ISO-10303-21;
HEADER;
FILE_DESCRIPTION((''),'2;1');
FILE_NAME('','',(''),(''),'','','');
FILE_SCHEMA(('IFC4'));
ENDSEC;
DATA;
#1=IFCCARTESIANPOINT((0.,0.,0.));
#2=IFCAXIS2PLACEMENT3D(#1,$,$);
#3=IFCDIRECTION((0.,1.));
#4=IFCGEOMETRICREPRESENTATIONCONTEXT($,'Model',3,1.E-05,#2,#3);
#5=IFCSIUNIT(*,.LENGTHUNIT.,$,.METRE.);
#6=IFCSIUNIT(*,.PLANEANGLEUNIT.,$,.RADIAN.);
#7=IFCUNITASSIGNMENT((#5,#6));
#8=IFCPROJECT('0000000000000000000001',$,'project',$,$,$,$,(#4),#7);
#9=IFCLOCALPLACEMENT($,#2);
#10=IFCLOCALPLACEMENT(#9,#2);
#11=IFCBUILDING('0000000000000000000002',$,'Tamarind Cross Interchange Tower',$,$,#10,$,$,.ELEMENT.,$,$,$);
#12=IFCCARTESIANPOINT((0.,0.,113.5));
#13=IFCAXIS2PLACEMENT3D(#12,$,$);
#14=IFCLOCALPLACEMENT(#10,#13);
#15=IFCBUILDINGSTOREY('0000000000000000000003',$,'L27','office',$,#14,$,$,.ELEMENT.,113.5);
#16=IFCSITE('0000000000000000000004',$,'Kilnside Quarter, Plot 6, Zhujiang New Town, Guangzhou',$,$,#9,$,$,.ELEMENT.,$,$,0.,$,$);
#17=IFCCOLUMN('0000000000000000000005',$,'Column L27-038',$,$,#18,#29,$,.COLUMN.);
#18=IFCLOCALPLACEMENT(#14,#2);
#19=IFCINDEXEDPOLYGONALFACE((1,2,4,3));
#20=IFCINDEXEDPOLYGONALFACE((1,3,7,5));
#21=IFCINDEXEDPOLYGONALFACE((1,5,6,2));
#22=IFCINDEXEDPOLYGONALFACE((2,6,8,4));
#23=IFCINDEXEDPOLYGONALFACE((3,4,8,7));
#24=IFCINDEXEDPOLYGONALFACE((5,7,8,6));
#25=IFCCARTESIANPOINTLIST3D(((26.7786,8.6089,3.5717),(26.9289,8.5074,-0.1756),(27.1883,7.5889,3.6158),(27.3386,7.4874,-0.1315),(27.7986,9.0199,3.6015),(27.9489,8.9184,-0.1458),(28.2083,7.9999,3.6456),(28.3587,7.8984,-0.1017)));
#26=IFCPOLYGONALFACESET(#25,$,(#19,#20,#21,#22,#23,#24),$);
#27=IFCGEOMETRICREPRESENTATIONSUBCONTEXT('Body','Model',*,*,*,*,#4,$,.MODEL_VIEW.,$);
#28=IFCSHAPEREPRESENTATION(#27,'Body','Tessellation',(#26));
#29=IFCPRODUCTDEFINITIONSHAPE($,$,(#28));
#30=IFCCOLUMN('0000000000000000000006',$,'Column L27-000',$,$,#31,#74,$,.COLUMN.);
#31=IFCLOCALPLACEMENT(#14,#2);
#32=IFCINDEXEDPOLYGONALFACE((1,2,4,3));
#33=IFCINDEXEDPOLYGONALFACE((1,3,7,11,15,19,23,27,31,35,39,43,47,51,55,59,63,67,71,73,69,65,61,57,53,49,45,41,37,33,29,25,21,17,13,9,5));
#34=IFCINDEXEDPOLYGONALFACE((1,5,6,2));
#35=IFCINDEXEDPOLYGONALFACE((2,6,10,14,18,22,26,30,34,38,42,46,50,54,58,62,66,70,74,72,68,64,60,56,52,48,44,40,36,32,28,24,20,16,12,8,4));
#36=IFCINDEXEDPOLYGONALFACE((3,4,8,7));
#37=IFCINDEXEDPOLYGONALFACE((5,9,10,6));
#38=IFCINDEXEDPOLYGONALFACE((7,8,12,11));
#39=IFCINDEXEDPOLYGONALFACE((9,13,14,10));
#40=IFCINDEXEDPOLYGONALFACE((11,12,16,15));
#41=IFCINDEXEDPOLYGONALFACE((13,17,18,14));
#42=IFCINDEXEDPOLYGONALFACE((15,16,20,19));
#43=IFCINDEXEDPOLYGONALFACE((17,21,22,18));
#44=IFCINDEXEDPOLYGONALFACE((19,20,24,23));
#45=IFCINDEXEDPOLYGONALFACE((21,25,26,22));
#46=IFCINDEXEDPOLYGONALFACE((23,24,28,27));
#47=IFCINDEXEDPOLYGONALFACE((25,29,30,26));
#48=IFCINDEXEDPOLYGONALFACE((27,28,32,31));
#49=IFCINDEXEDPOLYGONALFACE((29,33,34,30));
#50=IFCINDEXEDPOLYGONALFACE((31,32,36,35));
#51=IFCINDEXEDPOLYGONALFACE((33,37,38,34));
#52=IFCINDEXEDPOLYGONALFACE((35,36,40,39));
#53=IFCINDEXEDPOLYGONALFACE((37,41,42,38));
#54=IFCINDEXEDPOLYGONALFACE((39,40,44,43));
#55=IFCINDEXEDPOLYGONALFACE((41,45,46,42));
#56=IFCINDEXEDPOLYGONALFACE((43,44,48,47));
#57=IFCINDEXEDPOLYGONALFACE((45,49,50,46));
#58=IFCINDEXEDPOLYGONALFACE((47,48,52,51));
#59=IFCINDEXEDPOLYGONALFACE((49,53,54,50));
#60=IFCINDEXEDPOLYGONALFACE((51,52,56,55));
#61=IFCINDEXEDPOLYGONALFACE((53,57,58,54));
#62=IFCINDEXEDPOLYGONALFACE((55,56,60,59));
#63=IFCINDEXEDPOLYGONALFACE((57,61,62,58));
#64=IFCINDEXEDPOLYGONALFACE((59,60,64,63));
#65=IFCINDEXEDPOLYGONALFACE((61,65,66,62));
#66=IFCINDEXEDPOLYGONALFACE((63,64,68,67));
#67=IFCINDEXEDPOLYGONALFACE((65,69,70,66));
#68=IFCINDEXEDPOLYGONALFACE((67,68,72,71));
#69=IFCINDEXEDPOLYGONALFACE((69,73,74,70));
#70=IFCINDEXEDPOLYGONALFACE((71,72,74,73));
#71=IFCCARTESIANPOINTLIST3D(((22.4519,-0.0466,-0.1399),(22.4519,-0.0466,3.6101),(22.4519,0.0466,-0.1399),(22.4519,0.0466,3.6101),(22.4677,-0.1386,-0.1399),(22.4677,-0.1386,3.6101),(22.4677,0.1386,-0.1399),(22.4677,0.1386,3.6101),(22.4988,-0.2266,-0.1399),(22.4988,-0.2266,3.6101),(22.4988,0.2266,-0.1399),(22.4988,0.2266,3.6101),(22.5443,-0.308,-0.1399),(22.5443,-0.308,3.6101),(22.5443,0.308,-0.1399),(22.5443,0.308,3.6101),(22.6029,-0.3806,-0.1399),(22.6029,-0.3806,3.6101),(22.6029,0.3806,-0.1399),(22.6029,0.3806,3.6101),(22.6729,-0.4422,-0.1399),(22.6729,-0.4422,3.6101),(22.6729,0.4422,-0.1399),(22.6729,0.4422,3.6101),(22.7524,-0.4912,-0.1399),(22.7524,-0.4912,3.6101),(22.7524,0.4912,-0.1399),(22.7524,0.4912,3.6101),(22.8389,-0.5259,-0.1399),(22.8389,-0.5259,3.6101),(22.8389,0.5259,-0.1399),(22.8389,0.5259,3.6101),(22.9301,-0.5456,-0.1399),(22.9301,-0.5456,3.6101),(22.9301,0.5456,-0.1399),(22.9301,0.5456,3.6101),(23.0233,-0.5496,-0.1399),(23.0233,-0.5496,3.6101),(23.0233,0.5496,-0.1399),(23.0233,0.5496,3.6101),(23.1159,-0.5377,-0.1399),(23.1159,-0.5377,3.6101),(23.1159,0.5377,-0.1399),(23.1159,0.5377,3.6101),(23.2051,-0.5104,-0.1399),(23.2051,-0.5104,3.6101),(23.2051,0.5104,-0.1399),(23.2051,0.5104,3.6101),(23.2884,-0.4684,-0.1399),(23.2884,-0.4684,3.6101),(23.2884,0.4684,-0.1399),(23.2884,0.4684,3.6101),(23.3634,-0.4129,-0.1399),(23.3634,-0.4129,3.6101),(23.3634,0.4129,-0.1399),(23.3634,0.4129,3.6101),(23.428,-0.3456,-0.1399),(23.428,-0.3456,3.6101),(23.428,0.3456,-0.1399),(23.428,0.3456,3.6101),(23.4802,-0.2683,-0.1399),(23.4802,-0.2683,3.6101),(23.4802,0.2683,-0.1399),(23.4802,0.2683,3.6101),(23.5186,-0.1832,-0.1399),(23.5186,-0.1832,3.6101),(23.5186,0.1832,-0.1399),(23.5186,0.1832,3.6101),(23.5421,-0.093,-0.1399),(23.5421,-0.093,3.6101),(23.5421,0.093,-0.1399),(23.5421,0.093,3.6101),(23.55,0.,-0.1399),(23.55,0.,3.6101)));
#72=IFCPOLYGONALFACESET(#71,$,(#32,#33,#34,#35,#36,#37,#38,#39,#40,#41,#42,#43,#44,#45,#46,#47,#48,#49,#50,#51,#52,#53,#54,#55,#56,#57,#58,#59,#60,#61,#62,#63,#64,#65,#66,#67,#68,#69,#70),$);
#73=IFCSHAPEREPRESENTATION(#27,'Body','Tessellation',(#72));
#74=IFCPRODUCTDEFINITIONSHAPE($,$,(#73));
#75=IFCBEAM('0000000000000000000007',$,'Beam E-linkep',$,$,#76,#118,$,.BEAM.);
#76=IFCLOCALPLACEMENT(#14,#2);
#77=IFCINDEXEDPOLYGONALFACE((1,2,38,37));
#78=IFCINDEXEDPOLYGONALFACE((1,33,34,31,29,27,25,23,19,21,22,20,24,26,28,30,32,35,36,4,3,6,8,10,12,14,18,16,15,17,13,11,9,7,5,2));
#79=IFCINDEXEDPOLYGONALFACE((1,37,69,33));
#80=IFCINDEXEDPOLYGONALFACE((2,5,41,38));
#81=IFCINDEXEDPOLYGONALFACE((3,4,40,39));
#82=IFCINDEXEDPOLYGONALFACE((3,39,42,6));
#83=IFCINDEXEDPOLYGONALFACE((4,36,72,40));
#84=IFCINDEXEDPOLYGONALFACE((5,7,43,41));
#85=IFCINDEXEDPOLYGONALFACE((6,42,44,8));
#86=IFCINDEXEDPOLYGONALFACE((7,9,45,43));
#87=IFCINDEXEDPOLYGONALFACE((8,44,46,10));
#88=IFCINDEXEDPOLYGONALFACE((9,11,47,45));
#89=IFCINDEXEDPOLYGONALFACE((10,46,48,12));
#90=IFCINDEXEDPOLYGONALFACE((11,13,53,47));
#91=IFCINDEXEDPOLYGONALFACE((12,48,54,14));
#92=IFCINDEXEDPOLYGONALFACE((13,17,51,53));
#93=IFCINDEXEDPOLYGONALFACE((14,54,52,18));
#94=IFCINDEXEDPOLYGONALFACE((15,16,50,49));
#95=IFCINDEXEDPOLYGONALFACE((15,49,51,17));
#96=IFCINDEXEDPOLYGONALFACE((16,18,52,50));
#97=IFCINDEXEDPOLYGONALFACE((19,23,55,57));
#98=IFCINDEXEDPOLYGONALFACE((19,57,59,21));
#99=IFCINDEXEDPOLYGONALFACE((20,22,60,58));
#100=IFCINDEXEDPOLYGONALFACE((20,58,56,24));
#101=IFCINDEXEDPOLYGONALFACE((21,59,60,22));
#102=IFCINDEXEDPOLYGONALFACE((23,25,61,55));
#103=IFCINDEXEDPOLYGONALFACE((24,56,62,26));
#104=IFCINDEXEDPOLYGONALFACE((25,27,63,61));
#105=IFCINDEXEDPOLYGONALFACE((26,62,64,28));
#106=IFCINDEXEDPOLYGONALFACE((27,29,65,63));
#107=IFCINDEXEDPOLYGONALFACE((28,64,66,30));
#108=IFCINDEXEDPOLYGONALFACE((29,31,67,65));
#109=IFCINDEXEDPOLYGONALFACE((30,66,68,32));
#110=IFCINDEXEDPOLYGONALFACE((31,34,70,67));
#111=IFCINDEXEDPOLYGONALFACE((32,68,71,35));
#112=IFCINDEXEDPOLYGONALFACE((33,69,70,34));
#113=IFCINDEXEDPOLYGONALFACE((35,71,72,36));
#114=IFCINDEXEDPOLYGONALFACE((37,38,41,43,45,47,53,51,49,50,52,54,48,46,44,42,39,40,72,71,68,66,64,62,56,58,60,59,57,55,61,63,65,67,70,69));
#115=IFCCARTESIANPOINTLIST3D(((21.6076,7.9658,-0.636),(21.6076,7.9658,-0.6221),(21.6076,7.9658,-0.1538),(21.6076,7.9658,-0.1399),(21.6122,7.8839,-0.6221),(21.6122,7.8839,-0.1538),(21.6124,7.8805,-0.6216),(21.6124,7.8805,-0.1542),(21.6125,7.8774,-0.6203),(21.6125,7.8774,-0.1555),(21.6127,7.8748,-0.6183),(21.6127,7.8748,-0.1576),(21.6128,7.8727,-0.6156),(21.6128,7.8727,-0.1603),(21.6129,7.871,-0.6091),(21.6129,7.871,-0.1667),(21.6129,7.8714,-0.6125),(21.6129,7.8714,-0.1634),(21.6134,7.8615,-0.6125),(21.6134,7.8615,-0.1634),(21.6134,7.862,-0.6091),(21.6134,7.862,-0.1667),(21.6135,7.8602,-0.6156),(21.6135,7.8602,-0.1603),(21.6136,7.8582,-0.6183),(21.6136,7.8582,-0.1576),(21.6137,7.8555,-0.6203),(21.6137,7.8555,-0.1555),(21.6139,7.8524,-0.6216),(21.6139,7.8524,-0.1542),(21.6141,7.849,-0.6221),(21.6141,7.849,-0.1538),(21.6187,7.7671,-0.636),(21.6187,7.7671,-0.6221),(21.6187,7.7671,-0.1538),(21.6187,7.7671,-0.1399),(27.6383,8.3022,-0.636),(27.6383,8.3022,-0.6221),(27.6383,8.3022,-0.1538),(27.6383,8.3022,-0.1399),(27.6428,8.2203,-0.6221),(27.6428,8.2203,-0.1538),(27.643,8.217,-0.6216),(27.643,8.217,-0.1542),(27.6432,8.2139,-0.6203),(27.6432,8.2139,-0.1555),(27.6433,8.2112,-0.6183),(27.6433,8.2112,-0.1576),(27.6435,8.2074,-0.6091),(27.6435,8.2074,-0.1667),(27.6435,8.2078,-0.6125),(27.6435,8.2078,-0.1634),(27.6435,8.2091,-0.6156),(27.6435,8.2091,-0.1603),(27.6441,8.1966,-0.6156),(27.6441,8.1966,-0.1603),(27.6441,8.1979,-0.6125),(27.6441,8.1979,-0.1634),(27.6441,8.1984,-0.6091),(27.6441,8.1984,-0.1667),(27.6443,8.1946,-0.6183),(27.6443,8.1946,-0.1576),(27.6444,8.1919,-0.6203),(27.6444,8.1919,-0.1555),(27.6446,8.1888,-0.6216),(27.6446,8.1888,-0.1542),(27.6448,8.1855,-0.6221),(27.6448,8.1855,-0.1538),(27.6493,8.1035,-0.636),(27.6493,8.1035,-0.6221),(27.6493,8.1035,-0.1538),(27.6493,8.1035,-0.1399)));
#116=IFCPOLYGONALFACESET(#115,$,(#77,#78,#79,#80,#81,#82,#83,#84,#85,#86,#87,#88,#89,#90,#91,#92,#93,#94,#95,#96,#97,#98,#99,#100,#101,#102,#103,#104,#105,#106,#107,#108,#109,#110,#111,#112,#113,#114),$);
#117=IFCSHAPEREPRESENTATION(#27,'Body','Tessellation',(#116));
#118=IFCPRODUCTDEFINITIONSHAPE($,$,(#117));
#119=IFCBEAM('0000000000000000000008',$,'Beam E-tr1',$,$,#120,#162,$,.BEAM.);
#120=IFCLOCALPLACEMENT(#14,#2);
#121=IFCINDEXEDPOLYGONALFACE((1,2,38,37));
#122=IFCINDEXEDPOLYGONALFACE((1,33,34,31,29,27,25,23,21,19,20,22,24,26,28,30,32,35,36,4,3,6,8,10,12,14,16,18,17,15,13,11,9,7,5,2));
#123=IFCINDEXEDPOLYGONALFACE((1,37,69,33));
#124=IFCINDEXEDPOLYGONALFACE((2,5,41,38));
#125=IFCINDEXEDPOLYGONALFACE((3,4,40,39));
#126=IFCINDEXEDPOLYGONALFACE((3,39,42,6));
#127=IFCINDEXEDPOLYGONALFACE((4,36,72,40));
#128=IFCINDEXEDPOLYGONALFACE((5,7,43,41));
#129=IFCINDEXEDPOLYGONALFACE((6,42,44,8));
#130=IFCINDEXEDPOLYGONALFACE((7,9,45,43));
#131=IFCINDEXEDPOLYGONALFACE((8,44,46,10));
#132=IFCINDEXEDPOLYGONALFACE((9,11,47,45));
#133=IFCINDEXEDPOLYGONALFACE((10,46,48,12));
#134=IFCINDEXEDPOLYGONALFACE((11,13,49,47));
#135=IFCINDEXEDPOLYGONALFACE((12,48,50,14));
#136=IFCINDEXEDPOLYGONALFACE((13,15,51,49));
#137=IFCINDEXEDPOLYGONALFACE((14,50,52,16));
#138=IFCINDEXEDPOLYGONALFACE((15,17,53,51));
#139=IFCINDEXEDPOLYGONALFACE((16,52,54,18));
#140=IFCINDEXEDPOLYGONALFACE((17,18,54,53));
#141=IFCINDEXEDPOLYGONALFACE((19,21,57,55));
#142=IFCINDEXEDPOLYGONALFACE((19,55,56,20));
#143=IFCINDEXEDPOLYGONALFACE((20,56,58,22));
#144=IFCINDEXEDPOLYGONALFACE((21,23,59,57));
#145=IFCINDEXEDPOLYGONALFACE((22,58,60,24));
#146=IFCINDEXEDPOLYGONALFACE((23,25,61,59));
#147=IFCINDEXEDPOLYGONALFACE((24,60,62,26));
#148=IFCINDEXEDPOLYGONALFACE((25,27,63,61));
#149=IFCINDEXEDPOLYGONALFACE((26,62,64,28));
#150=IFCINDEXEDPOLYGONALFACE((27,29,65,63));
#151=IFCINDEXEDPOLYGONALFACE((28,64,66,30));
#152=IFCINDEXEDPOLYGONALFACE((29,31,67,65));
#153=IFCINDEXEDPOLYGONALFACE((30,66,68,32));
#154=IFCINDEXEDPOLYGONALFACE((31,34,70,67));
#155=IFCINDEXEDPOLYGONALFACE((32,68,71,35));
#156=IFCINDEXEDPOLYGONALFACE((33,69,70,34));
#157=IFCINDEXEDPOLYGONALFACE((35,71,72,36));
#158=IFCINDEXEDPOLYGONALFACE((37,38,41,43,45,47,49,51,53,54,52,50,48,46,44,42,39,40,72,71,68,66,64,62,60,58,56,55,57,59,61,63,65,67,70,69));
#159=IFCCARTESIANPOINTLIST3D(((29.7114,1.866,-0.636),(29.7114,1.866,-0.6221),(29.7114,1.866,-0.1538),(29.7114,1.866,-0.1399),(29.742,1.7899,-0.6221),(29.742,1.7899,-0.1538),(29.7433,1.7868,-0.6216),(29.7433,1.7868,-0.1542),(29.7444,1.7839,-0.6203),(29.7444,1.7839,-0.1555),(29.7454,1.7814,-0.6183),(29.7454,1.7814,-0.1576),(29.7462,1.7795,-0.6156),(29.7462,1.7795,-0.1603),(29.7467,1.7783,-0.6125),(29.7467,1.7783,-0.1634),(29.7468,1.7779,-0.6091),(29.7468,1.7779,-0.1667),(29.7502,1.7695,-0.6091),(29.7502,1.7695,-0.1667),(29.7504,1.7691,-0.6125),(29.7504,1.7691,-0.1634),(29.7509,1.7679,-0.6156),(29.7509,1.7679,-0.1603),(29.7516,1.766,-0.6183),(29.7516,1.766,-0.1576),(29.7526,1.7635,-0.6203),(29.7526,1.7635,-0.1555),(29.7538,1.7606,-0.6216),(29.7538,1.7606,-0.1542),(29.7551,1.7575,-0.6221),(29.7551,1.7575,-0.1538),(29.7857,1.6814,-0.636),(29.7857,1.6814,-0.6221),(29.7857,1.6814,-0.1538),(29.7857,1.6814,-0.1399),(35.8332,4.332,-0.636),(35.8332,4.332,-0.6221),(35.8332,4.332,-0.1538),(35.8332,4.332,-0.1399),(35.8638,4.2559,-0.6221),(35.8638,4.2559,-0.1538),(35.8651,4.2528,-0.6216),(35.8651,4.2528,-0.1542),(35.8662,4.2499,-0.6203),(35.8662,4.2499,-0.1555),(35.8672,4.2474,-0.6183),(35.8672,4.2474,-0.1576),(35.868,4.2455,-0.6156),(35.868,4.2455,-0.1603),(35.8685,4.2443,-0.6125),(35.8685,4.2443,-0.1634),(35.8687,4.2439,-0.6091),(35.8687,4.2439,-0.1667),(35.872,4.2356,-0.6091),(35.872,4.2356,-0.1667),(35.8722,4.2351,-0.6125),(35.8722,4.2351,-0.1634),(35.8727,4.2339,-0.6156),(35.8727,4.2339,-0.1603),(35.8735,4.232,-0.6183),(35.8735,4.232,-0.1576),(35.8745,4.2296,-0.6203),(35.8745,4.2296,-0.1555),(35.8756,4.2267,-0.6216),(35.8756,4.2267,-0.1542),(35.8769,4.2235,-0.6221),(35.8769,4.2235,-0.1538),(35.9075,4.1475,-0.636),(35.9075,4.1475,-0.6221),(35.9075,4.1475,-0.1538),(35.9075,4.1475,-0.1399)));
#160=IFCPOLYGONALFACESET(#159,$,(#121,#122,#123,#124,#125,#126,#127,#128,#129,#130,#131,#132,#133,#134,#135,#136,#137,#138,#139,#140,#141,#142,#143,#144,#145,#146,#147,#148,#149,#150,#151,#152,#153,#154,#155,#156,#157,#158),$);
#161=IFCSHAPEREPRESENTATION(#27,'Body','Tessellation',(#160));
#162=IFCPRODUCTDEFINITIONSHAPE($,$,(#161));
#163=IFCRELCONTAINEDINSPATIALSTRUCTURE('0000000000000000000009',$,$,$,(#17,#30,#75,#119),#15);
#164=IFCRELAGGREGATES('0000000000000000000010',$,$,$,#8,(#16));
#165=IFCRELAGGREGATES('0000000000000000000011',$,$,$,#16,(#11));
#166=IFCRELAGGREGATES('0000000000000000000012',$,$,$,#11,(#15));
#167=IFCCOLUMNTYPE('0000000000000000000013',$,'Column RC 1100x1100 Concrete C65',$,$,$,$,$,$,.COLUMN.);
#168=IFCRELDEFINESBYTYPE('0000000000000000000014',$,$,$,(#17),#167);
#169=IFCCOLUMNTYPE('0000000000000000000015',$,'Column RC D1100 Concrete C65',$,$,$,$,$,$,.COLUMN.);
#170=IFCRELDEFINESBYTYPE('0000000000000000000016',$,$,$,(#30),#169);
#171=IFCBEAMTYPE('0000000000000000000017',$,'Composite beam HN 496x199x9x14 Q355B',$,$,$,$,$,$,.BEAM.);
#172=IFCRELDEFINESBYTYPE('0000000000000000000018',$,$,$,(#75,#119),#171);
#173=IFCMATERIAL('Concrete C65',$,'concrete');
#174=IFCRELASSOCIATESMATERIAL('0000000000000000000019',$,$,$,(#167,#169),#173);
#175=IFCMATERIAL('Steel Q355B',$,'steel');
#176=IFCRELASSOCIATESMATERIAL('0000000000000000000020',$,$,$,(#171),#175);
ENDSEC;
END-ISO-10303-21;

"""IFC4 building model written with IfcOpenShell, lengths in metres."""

from ifc_helpers import new_model, si_unit, direction, frame, origin, origin_2d, place, context, subcontext, project, spatial, rectangle, circle, i_section, extrude, material, material_profile, profile_set, type_object, element, save


model = new_model("IFC4")

# Units and contexts
model_context = context("Model", 3, precision=1e-05, world=origin(), true_north=direction((0.0, 1.0)))
body_context = subcontext(model_context, "Body", "Model", "MODEL_VIEW")
ifc_project = project(units=[si_unit("LENGTHUNIT", "METRE"), si_unit("PLANEANGLEUNIT", "RADIAN")], contexts=[model_context])

# Site, building, storey
site_placement = place(None, origin())
site = spatial("IfcSite", under=ifc_project, at=site_placement, Name="Kilnside Quarter, Plot 6, Zhujiang New Town, Guangzhou", CompositionType="ELEMENT", RefElevation=0.0)
building_placement = place(site_placement, origin())
building = spatial("IfcBuilding", under=site, at=building_placement, Name="Tamarind Cross Interchange Tower", CompositionType="ELEMENT")
storey_placement = place(building_placement, frame((0.0, 0.0, 113.5)))
storey = spatial("IfcBuildingStorey", under=building, at=storey_placement, Name="L27", Description="office", CompositionType="ELEMENT", Elevation=113.5)

# Columns
ifc_material_1 = material(Name="Concrete C65", Category="concrete")
ifc_material_profile_1 = material_profile(ifc_material_1, rectangle(XDim=1.1001, YDim=1.1001, at=origin_2d()), Name="RC 1100x1100")
ifc_profile_set_1 = profile_set([ifc_material_profile_1], Name="Concrete C65")
column_type_1 = type_object("IfcColumnType", Name="Column RC 1100x1100 Concrete C65", PredefinedType="COLUMN", material=ifc_profile_set_1)
column_1_placement = place(storey_placement, frame((27.6438, 8.2029, -0.1387), z_axis=(-0.040086, 0.027071, 0.998829), x_axis=(0.372427, -0.927196, 0.040076)))
element("IfcColumn", 1, at=column_1_placement, inside=storey, type_object=column_type_1, Name="Column L27-038", PredefinedType="COLUMN", context=body_context, shape_type="SweptSolid", body=[
    extrude(rectangle(XDim=1.1001, YDim=1.1001, at=origin_2d()), origin(), (0.0, 0.0, 1.0), 3.7517),
])
ifc_material_profile_2 = material_profile(ifc_material_1, circle(Radius=0.55, at=origin_2d()), Name="RC D1100")
ifc_profile_set_2 = profile_set([ifc_material_profile_2], Name="Concrete C65")
column_type_2 = type_object("IfcColumnType", Name="Column RC D1100 Concrete C65", PredefinedType="COLUMN", material=ifc_profile_set_2)
column_2_placement = place(storey_placement, frame((23.0, 0.0, -0.1399), z_axis=(0.0, 0.0, 1.0), x_axis=(1.0, 0.0, 0.0)))
element("IfcColumn", 2, at=column_2_placement, inside=storey, type_object=column_type_2, Name="Column L27-000", PredefinedType="COLUMN", context=body_context, shape_type="SweptSolid", body=[
    extrude(circle(Radius=0.55, at=origin_2d()), origin(), (0.0, 0.0, 1.0), 3.75),
])

# Beams
ifc_material_2 = material(Name="Steel Q355B", Category="steel")
ifc_material_profile_3 = material_profile(ifc_material_2, i_section(OverallWidth=0.199, OverallDepth=0.4961, WebThickness=0.009, FlangeThickness=0.0139, FilletRadius=0.0129, at=origin_2d()), Name="HN 496x199x9x14")
ifc_profile_set_3 = profile_set([ifc_material_profile_3], Name="Steel Q355B")
beam_type_1 = type_object("IfcBeamType", Name="Composite beam HN 496x199x9x14 Q355B", PredefinedType="BEAM", material=ifc_profile_set_3)
beam_1_placement = place(storey_placement, frame((27.6438, 8.2029, -0.3879), z_axis=(-0.998448, -0.055698, 0.0), x_axis=(0.055698, -0.998448, 0.0)))
element("IfcBeam", 3, at=beam_1_placement, inside=storey, type_object=beam_type_1, Name="Beam E-linkep", PredefinedType="BEAM", context=body_context, shape_type="SweptSolid", body=[
    extrude(i_section(OverallWidth=0.199, OverallDepth=0.4961, WebThickness=0.009, FlangeThickness=0.0139, FilletRadius=0.0129, at=origin_2d()), origin(), (0.0, 0.0, 1.0), 6.04),
])
beam_2_placement = place(storey_placement, frame((29.7485, 1.7737, -0.3879), z_axis=(0.927568, 0.373654, 0.0), x_axis=(-0.373654, 0.927568, 0.0)))
element("IfcBeam", 4, at=beam_2_placement, inside=storey, type_object=beam_type_1, Name="Beam E-tr1", PredefinedType="BEAM", context=body_context, shape_type="SweptSolid", body=[
    extrude(i_section(OverallWidth=0.199, OverallDepth=0.4961, WebThickness=0.009, FlangeThickness=0.0139, FilletRadius=0.0129, at=origin_2d()), origin(), (0.0, 0.0, 1.0), 6.5999),
])

save(model, "model.ifc")
